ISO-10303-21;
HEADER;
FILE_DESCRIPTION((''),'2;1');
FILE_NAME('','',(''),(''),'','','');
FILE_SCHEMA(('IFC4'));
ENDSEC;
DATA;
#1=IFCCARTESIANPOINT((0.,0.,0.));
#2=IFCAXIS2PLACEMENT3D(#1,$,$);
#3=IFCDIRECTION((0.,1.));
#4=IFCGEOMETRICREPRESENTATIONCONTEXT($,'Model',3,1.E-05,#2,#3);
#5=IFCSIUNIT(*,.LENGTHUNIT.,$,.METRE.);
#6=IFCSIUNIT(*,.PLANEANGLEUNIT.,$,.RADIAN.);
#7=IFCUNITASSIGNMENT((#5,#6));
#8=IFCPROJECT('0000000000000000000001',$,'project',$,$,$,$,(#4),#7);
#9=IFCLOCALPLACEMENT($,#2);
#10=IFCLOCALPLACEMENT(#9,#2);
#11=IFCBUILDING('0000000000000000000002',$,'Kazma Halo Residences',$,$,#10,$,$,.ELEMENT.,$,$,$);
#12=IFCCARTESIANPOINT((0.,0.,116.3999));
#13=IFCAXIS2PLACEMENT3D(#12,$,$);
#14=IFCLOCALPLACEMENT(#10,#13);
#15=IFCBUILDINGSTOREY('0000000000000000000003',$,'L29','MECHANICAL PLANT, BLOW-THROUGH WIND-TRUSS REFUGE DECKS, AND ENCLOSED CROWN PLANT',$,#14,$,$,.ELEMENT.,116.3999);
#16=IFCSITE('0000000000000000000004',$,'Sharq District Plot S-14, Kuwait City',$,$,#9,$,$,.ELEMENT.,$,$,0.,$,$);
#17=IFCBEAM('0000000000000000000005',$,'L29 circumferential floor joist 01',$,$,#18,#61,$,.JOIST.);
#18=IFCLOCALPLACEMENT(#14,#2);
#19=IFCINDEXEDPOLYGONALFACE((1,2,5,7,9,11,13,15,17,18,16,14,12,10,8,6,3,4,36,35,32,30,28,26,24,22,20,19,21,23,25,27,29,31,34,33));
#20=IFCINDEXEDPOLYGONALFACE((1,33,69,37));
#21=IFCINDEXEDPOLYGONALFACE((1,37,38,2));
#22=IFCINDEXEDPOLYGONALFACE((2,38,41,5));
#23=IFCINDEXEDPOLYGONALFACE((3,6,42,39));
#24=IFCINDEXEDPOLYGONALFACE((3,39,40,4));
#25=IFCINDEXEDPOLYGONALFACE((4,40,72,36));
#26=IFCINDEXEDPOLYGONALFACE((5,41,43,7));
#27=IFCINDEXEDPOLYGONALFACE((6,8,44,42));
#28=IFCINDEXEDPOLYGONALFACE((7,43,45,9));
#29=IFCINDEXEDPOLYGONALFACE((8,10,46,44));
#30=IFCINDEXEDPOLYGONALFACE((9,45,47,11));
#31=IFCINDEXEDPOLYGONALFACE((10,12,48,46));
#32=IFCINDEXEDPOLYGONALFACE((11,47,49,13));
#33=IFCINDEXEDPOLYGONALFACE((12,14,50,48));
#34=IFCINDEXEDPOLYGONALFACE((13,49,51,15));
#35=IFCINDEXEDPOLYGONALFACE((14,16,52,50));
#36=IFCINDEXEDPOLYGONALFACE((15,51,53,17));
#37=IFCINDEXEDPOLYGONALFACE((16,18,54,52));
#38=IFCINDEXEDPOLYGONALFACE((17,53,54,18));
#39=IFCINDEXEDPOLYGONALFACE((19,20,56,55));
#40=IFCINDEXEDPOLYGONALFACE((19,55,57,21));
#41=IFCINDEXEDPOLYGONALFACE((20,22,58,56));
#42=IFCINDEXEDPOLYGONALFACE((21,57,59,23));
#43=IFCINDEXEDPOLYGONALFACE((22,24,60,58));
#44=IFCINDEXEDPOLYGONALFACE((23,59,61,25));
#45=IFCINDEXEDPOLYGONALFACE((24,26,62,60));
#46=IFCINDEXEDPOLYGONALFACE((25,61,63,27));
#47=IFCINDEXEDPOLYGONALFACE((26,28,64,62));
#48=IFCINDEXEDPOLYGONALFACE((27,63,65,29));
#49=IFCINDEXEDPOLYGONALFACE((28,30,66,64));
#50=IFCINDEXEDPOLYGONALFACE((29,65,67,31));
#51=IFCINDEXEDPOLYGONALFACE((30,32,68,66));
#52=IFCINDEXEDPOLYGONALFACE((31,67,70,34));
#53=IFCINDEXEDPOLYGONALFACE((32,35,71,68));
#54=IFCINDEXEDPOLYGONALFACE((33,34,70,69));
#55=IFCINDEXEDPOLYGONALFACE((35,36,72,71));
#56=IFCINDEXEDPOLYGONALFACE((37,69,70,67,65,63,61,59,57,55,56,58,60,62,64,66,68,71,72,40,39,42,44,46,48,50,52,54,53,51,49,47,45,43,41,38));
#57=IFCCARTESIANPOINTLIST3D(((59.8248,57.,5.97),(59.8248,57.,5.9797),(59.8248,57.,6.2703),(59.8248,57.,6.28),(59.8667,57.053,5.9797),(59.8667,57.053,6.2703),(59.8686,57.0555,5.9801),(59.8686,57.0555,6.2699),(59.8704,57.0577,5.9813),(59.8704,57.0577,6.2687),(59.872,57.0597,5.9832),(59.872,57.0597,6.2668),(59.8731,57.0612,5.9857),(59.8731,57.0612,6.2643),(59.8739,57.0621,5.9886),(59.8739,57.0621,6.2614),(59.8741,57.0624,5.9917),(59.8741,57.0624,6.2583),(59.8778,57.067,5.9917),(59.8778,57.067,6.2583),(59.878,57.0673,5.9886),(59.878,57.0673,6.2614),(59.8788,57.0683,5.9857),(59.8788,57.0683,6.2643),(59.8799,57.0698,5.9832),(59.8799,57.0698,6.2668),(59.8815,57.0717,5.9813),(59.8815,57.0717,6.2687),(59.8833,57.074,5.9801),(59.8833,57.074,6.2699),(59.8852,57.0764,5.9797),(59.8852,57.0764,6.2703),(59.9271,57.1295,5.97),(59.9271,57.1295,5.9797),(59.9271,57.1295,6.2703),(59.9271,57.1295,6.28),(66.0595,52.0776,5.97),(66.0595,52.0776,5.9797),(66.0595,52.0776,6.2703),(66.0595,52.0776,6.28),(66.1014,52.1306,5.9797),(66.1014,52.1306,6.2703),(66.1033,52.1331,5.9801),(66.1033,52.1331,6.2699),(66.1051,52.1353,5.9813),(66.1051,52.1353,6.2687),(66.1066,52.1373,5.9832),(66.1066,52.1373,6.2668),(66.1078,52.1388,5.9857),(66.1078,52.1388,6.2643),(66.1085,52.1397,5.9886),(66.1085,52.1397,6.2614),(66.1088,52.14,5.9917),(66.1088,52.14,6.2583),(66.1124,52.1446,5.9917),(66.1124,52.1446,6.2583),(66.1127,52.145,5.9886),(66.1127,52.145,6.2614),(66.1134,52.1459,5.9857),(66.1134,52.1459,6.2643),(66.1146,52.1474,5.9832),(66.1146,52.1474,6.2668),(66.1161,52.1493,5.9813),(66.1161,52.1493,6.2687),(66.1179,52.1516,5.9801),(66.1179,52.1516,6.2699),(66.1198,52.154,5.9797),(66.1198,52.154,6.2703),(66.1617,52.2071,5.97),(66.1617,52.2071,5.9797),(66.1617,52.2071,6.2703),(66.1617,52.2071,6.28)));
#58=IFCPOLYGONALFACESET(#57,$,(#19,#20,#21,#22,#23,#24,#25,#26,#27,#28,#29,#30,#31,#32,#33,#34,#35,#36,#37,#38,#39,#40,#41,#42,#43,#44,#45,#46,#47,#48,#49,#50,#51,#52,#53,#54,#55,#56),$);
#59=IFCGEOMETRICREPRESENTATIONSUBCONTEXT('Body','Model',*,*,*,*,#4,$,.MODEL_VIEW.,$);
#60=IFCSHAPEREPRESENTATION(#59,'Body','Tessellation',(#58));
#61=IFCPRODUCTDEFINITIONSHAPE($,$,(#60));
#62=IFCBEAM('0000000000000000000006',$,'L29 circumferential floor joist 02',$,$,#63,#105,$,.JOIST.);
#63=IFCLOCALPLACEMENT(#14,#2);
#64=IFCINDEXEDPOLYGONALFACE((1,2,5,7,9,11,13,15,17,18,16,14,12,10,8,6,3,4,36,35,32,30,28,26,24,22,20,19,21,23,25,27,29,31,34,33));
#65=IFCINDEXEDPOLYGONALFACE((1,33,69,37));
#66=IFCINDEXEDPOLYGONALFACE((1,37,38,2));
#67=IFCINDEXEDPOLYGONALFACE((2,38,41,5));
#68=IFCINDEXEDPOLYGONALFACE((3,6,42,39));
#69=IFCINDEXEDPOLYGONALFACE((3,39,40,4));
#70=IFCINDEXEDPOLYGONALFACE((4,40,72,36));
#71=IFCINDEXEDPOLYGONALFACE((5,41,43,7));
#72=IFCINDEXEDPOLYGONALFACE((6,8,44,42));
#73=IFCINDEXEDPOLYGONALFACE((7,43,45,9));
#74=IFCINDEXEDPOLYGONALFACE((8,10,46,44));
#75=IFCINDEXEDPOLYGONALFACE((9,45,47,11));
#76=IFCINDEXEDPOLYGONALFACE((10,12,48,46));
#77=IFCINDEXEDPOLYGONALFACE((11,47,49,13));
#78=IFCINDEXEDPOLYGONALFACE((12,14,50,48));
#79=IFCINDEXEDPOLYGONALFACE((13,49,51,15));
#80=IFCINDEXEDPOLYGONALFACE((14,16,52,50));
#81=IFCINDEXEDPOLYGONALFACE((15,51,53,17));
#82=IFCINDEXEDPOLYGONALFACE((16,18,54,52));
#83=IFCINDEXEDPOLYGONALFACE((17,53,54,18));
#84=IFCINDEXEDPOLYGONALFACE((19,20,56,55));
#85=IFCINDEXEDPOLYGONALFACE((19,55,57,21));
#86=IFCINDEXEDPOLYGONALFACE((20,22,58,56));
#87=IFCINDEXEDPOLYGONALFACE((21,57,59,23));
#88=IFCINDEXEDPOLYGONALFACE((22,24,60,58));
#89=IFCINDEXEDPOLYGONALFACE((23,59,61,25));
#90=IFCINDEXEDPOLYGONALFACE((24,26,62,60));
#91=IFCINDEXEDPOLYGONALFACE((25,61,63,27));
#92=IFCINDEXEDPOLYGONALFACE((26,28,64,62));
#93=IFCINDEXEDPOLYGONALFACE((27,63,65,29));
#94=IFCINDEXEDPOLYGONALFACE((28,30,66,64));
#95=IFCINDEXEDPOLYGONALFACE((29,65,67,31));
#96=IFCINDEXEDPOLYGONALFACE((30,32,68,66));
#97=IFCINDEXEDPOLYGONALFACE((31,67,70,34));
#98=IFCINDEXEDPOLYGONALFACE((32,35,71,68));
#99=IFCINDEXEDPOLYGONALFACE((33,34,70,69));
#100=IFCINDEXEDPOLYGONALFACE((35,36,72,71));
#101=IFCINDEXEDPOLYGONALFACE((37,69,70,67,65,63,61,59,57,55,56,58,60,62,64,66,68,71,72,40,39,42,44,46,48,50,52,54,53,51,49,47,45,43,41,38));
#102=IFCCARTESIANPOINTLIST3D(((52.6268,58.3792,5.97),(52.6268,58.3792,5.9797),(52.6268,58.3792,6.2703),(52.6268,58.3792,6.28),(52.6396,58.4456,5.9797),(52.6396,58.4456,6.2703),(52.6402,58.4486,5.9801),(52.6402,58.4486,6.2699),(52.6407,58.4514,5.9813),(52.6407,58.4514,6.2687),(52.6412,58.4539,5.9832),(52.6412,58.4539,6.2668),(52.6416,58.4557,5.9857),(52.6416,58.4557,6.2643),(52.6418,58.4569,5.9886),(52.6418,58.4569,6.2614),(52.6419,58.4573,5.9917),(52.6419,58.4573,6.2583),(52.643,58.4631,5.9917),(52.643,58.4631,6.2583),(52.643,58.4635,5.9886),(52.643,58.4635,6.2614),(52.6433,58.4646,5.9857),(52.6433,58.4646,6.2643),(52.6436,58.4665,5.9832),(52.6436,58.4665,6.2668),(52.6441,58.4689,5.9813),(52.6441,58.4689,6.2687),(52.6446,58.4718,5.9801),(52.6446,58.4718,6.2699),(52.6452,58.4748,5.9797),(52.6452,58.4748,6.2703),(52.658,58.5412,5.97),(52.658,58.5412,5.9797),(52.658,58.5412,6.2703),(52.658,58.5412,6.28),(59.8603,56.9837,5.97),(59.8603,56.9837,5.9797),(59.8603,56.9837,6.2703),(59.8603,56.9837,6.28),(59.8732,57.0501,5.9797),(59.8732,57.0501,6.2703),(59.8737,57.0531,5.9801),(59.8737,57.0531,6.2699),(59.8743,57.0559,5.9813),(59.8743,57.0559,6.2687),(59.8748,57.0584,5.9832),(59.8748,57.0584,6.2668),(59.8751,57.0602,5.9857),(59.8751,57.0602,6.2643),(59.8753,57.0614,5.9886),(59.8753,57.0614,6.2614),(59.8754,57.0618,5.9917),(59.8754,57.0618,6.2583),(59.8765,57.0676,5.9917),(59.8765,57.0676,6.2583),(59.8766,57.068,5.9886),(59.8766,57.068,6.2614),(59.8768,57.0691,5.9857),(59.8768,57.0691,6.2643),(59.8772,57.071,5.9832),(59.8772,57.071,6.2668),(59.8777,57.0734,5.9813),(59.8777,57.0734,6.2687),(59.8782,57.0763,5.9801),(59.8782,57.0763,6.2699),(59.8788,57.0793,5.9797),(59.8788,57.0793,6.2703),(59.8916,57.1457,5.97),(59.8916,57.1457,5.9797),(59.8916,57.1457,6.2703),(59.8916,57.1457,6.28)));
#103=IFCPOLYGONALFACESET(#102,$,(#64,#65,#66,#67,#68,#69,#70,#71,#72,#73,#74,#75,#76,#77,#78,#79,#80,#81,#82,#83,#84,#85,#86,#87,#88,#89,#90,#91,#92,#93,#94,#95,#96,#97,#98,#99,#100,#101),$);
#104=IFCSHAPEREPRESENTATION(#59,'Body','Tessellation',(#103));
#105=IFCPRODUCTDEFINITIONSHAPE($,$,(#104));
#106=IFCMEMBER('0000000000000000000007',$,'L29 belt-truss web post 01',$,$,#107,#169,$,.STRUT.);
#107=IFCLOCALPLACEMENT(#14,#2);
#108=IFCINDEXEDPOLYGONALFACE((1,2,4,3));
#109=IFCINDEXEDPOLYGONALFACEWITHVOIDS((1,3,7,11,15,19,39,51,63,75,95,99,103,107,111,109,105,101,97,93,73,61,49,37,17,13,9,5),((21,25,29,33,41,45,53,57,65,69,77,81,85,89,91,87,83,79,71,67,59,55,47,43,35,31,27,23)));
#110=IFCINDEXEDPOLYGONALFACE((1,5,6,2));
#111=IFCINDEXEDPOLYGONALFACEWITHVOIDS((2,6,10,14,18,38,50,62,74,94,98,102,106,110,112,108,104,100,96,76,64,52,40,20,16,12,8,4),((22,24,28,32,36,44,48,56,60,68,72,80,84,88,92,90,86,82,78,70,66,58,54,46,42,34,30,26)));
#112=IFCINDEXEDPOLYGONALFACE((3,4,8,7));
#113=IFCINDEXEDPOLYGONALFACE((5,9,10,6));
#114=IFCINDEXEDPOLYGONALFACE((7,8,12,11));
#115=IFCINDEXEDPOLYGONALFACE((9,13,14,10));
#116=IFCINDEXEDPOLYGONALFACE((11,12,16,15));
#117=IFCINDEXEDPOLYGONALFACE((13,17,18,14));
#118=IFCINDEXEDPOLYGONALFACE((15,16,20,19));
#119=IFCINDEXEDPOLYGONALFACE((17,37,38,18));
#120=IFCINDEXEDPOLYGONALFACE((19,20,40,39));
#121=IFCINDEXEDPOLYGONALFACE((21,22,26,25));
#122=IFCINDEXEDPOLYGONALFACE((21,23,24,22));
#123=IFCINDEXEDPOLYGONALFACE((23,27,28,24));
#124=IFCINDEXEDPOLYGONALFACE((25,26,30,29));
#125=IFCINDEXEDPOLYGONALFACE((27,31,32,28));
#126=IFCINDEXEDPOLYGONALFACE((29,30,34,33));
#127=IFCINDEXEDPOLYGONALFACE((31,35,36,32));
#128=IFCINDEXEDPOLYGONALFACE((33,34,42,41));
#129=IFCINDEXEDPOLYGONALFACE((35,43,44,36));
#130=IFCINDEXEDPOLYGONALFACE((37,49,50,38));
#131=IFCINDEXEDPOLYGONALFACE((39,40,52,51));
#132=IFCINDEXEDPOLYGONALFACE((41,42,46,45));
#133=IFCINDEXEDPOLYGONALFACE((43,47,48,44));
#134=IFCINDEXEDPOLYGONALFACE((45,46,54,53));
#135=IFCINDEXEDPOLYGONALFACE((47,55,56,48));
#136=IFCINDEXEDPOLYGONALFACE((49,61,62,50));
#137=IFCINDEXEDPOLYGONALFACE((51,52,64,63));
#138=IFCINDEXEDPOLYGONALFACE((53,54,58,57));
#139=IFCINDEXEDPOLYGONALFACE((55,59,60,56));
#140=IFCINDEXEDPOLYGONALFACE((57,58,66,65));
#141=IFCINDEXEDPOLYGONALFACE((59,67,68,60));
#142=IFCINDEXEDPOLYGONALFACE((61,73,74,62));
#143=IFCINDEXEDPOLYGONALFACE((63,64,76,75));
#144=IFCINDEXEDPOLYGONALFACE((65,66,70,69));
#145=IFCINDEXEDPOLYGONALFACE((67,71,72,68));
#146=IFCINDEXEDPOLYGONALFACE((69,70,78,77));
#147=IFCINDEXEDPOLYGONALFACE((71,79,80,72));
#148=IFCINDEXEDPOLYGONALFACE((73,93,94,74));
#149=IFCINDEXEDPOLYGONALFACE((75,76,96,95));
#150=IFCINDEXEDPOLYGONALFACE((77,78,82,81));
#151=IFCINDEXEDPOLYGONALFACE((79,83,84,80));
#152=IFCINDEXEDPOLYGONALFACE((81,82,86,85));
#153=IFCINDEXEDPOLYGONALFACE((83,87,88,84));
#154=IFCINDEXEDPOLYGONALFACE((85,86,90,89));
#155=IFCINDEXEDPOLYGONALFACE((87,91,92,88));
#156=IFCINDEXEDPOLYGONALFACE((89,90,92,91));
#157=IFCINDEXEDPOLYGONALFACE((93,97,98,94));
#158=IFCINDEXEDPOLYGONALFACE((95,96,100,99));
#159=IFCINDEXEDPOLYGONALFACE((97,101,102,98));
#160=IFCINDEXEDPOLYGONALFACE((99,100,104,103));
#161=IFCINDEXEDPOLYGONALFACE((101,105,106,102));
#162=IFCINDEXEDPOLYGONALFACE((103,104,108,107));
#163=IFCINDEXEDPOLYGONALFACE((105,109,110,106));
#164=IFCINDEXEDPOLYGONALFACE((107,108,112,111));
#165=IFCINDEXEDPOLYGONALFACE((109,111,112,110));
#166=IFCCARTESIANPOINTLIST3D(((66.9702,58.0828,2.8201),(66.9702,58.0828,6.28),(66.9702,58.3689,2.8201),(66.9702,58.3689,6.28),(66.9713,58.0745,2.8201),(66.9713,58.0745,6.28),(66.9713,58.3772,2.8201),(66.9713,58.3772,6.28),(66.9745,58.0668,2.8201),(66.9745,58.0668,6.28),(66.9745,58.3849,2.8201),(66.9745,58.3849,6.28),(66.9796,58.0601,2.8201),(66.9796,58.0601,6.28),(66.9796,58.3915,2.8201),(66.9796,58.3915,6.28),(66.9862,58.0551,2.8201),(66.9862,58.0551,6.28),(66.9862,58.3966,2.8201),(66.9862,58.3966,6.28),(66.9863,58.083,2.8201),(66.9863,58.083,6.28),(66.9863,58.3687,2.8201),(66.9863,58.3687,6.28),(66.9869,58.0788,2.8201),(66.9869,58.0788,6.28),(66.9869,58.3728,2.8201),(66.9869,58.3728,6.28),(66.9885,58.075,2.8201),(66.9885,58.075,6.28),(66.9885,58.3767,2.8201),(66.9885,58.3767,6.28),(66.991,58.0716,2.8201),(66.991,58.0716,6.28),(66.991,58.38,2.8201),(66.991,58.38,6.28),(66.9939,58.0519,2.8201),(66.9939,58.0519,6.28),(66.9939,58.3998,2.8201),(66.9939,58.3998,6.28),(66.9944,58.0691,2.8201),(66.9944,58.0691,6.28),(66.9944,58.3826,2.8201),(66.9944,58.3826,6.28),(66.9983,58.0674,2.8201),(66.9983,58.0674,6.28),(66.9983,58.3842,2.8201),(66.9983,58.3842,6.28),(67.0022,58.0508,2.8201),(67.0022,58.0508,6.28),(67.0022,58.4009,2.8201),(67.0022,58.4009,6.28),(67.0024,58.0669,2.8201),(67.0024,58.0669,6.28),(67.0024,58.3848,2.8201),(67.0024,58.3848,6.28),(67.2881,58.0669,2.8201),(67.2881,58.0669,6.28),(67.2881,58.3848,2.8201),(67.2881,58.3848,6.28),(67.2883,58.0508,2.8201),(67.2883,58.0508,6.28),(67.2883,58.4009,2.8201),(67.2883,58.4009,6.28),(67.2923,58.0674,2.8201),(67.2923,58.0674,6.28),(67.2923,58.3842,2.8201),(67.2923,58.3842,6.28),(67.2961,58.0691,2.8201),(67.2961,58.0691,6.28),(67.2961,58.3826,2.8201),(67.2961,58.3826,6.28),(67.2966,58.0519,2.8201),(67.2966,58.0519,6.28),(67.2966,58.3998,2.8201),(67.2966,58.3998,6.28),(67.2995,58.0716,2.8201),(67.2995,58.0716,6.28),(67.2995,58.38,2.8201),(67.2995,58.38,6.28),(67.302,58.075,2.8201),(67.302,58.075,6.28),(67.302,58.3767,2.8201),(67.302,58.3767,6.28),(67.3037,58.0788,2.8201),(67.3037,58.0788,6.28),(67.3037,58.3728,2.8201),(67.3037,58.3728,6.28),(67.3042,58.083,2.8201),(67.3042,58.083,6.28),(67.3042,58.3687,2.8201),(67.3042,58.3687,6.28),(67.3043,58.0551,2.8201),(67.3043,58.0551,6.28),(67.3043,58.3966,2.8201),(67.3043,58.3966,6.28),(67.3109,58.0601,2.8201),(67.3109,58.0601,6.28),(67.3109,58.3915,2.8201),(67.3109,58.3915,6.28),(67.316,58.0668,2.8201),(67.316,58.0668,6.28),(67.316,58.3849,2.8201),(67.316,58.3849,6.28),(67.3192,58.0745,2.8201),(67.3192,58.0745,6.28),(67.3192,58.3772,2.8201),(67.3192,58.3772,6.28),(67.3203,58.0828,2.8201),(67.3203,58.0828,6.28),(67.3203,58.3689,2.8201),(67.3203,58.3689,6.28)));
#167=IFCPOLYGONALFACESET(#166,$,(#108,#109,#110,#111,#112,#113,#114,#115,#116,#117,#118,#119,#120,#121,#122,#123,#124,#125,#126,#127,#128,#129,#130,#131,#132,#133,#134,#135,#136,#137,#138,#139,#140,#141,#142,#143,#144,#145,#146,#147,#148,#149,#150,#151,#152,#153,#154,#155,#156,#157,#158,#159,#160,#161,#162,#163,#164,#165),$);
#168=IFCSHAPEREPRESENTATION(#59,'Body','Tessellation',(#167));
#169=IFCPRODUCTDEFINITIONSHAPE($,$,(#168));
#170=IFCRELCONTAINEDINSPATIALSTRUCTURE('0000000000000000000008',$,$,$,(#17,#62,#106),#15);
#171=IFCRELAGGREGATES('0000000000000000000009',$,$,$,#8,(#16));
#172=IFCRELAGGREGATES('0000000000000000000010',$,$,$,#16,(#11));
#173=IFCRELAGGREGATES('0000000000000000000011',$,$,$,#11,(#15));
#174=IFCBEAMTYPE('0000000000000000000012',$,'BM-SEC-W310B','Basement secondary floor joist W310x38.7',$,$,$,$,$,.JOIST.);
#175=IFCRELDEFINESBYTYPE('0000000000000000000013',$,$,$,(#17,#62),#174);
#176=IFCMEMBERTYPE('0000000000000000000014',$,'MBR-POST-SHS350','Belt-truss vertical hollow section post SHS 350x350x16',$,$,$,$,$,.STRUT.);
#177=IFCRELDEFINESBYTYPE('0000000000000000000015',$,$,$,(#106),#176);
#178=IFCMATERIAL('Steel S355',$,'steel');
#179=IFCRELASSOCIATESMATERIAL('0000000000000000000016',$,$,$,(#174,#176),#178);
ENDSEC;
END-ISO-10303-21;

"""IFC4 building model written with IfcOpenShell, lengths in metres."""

from ifc_helpers import new_model, si_unit, direction, frame, origin, origin_2d, place, context, subcontext, project, spatial, hollow_rectangle, i_section, extrude, material, material_profile, profile_set, type_object, element, save


model = new_model("IFC4")

# Units and contexts
model_context = context("Model", 3, precision=1e-05, world=origin(), true_north=direction((0.0, 1.0)))
body_context = subcontext(model_context, "Body", "Model", "MODEL_VIEW")
ifc_project = project(units=[si_unit("LENGTHUNIT", "METRE"), si_unit("PLANEANGLEUNIT", "RADIAN")], contexts=[model_context])

# Site, building, storey
site_placement = place(None, origin())
site = spatial("IfcSite", under=ifc_project, at=site_placement, Name="Sharq District Plot S-14, Kuwait City", CompositionType="ELEMENT", RefElevation=0.0)
building_placement = place(site_placement, origin())
building = spatial("IfcBuilding", under=site, at=building_placement, Name="Kazma Halo Residences", CompositionType="ELEMENT")
storey_placement = place(building_placement, frame((0.0, 0.0, 116.3999)))
storey = spatial("IfcBuildingStorey", under=building, at=storey_placement, Name="L29", Description="MECHANICAL PLANT, BLOW-THROUGH WIND-TRUSS REFUGE DECKS, AND ENCLOSED CROWN PLANT", CompositionType="ELEMENT", Elevation=116.3999)

# Beams
ifc_material_1 = material(Name="Steel S355", Category="steel")
ifc_material_profile_1 = material_profile(ifc_material_1, i_section(OverallWidth=0.165, OverallDepth=0.3101, WebThickness=0.0059, FlangeThickness=0.0098, FilletRadius=0.012, at=origin_2d()), Name="W310x38.7")
ifc_profile_set_1 = profile_set([ifc_material_profile_1], Name="Steel S355")
beam_type_1 = type_object("IfcBeamType", Name="BM-SEC-W310B", Description="Basement secondary floor joist W310x38.7", PredefinedType="JOIST", material=ifc_profile_set_1)
beam_1_placement = place(storey_placement, frame((66.1106, 52.1423, 6.125), z_axis=(-0.784865, 0.619667, 0.0), x_axis=(-0.619667, -0.784865, 0.0)))
element("IfcBeam", 1, at=beam_1_placement, inside=storey, type_object=beam_type_1, Name="L29 circumferential floor joist 01", PredefinedType="JOIST", context=body_context, shape_type="SweptSolid", body=[
    extrude(i_section(OverallWidth=0.165, OverallDepth=0.3101, WebThickness=0.0059, FlangeThickness=0.0098, FilletRadius=0.012, at=origin_2d()), origin(), (0.0, 0.0, 1.0), 7.9436),
])
beam_2_placement = place(storey_placement, frame((59.876, 57.0647, 6.125), z_axis=(-0.981895, 0.189426, 0.0), x_axis=(-0.189426, -0.981895, 0.0)))
element("IfcBeam", 2, at=beam_2_placement, inside=storey, type_object=beam_type_1, Name="L29 circumferential floor joist 02", PredefinedType="JOIST", context=body_context, shape_type="SweptSolid", body=[
    extrude(i_section(OverallWidth=0.165, OverallDepth=0.3101, WebThickness=0.0059, FlangeThickness=0.0098, FilletRadius=0.012, at=origin_2d()), origin(), (0.0, 0.0, 1.0), 7.3669),
])

# Member
ifc_material_profile_2 = material_profile(ifc_material_1, hollow_rectangle(XDim=0.3501, YDim=0.3501, WallThickness=0.0161, InnerFilletRadius=0.0161, OuterFilletRadius=0.032, at=origin_2d()), Name="SHS350x350x16")
ifc_profile_set_2 = profile_set([ifc_material_profile_2], Name="Steel S355")
member_type_1 = type_object("IfcMemberType", Name="MBR-POST-SHS350", Description="Belt-truss vertical hollow section post SHS 350x350x16", PredefinedType="STRUT", material=ifc_profile_set_2)
for number, where, z_axis, x_axis, name in (
    (3, (67.1453, 58.2258, 2.8201), (0.0, 0.0, 1.0), (1.0, 0.0, 0.0), "L29 belt-truss web post 01"),
):
    element("IfcMember", number, at=place(storey_placement, frame(where, z_axis=z_axis, x_axis=x_axis)), inside=storey, type_object=member_type_1, Name=name, PredefinedType="STRUT", context=body_context, shape_type="SweptSolid", body=[
        extrude(hollow_rectangle(XDim=0.3501, YDim=0.3501, WallThickness=0.0161, InnerFilletRadius=0.0161, OuterFilletRadius=0.032, at=origin_2d()), origin(), (0.0, 0.0, 1.0), 3.46),
    ])

save(model, "model.ifc")
